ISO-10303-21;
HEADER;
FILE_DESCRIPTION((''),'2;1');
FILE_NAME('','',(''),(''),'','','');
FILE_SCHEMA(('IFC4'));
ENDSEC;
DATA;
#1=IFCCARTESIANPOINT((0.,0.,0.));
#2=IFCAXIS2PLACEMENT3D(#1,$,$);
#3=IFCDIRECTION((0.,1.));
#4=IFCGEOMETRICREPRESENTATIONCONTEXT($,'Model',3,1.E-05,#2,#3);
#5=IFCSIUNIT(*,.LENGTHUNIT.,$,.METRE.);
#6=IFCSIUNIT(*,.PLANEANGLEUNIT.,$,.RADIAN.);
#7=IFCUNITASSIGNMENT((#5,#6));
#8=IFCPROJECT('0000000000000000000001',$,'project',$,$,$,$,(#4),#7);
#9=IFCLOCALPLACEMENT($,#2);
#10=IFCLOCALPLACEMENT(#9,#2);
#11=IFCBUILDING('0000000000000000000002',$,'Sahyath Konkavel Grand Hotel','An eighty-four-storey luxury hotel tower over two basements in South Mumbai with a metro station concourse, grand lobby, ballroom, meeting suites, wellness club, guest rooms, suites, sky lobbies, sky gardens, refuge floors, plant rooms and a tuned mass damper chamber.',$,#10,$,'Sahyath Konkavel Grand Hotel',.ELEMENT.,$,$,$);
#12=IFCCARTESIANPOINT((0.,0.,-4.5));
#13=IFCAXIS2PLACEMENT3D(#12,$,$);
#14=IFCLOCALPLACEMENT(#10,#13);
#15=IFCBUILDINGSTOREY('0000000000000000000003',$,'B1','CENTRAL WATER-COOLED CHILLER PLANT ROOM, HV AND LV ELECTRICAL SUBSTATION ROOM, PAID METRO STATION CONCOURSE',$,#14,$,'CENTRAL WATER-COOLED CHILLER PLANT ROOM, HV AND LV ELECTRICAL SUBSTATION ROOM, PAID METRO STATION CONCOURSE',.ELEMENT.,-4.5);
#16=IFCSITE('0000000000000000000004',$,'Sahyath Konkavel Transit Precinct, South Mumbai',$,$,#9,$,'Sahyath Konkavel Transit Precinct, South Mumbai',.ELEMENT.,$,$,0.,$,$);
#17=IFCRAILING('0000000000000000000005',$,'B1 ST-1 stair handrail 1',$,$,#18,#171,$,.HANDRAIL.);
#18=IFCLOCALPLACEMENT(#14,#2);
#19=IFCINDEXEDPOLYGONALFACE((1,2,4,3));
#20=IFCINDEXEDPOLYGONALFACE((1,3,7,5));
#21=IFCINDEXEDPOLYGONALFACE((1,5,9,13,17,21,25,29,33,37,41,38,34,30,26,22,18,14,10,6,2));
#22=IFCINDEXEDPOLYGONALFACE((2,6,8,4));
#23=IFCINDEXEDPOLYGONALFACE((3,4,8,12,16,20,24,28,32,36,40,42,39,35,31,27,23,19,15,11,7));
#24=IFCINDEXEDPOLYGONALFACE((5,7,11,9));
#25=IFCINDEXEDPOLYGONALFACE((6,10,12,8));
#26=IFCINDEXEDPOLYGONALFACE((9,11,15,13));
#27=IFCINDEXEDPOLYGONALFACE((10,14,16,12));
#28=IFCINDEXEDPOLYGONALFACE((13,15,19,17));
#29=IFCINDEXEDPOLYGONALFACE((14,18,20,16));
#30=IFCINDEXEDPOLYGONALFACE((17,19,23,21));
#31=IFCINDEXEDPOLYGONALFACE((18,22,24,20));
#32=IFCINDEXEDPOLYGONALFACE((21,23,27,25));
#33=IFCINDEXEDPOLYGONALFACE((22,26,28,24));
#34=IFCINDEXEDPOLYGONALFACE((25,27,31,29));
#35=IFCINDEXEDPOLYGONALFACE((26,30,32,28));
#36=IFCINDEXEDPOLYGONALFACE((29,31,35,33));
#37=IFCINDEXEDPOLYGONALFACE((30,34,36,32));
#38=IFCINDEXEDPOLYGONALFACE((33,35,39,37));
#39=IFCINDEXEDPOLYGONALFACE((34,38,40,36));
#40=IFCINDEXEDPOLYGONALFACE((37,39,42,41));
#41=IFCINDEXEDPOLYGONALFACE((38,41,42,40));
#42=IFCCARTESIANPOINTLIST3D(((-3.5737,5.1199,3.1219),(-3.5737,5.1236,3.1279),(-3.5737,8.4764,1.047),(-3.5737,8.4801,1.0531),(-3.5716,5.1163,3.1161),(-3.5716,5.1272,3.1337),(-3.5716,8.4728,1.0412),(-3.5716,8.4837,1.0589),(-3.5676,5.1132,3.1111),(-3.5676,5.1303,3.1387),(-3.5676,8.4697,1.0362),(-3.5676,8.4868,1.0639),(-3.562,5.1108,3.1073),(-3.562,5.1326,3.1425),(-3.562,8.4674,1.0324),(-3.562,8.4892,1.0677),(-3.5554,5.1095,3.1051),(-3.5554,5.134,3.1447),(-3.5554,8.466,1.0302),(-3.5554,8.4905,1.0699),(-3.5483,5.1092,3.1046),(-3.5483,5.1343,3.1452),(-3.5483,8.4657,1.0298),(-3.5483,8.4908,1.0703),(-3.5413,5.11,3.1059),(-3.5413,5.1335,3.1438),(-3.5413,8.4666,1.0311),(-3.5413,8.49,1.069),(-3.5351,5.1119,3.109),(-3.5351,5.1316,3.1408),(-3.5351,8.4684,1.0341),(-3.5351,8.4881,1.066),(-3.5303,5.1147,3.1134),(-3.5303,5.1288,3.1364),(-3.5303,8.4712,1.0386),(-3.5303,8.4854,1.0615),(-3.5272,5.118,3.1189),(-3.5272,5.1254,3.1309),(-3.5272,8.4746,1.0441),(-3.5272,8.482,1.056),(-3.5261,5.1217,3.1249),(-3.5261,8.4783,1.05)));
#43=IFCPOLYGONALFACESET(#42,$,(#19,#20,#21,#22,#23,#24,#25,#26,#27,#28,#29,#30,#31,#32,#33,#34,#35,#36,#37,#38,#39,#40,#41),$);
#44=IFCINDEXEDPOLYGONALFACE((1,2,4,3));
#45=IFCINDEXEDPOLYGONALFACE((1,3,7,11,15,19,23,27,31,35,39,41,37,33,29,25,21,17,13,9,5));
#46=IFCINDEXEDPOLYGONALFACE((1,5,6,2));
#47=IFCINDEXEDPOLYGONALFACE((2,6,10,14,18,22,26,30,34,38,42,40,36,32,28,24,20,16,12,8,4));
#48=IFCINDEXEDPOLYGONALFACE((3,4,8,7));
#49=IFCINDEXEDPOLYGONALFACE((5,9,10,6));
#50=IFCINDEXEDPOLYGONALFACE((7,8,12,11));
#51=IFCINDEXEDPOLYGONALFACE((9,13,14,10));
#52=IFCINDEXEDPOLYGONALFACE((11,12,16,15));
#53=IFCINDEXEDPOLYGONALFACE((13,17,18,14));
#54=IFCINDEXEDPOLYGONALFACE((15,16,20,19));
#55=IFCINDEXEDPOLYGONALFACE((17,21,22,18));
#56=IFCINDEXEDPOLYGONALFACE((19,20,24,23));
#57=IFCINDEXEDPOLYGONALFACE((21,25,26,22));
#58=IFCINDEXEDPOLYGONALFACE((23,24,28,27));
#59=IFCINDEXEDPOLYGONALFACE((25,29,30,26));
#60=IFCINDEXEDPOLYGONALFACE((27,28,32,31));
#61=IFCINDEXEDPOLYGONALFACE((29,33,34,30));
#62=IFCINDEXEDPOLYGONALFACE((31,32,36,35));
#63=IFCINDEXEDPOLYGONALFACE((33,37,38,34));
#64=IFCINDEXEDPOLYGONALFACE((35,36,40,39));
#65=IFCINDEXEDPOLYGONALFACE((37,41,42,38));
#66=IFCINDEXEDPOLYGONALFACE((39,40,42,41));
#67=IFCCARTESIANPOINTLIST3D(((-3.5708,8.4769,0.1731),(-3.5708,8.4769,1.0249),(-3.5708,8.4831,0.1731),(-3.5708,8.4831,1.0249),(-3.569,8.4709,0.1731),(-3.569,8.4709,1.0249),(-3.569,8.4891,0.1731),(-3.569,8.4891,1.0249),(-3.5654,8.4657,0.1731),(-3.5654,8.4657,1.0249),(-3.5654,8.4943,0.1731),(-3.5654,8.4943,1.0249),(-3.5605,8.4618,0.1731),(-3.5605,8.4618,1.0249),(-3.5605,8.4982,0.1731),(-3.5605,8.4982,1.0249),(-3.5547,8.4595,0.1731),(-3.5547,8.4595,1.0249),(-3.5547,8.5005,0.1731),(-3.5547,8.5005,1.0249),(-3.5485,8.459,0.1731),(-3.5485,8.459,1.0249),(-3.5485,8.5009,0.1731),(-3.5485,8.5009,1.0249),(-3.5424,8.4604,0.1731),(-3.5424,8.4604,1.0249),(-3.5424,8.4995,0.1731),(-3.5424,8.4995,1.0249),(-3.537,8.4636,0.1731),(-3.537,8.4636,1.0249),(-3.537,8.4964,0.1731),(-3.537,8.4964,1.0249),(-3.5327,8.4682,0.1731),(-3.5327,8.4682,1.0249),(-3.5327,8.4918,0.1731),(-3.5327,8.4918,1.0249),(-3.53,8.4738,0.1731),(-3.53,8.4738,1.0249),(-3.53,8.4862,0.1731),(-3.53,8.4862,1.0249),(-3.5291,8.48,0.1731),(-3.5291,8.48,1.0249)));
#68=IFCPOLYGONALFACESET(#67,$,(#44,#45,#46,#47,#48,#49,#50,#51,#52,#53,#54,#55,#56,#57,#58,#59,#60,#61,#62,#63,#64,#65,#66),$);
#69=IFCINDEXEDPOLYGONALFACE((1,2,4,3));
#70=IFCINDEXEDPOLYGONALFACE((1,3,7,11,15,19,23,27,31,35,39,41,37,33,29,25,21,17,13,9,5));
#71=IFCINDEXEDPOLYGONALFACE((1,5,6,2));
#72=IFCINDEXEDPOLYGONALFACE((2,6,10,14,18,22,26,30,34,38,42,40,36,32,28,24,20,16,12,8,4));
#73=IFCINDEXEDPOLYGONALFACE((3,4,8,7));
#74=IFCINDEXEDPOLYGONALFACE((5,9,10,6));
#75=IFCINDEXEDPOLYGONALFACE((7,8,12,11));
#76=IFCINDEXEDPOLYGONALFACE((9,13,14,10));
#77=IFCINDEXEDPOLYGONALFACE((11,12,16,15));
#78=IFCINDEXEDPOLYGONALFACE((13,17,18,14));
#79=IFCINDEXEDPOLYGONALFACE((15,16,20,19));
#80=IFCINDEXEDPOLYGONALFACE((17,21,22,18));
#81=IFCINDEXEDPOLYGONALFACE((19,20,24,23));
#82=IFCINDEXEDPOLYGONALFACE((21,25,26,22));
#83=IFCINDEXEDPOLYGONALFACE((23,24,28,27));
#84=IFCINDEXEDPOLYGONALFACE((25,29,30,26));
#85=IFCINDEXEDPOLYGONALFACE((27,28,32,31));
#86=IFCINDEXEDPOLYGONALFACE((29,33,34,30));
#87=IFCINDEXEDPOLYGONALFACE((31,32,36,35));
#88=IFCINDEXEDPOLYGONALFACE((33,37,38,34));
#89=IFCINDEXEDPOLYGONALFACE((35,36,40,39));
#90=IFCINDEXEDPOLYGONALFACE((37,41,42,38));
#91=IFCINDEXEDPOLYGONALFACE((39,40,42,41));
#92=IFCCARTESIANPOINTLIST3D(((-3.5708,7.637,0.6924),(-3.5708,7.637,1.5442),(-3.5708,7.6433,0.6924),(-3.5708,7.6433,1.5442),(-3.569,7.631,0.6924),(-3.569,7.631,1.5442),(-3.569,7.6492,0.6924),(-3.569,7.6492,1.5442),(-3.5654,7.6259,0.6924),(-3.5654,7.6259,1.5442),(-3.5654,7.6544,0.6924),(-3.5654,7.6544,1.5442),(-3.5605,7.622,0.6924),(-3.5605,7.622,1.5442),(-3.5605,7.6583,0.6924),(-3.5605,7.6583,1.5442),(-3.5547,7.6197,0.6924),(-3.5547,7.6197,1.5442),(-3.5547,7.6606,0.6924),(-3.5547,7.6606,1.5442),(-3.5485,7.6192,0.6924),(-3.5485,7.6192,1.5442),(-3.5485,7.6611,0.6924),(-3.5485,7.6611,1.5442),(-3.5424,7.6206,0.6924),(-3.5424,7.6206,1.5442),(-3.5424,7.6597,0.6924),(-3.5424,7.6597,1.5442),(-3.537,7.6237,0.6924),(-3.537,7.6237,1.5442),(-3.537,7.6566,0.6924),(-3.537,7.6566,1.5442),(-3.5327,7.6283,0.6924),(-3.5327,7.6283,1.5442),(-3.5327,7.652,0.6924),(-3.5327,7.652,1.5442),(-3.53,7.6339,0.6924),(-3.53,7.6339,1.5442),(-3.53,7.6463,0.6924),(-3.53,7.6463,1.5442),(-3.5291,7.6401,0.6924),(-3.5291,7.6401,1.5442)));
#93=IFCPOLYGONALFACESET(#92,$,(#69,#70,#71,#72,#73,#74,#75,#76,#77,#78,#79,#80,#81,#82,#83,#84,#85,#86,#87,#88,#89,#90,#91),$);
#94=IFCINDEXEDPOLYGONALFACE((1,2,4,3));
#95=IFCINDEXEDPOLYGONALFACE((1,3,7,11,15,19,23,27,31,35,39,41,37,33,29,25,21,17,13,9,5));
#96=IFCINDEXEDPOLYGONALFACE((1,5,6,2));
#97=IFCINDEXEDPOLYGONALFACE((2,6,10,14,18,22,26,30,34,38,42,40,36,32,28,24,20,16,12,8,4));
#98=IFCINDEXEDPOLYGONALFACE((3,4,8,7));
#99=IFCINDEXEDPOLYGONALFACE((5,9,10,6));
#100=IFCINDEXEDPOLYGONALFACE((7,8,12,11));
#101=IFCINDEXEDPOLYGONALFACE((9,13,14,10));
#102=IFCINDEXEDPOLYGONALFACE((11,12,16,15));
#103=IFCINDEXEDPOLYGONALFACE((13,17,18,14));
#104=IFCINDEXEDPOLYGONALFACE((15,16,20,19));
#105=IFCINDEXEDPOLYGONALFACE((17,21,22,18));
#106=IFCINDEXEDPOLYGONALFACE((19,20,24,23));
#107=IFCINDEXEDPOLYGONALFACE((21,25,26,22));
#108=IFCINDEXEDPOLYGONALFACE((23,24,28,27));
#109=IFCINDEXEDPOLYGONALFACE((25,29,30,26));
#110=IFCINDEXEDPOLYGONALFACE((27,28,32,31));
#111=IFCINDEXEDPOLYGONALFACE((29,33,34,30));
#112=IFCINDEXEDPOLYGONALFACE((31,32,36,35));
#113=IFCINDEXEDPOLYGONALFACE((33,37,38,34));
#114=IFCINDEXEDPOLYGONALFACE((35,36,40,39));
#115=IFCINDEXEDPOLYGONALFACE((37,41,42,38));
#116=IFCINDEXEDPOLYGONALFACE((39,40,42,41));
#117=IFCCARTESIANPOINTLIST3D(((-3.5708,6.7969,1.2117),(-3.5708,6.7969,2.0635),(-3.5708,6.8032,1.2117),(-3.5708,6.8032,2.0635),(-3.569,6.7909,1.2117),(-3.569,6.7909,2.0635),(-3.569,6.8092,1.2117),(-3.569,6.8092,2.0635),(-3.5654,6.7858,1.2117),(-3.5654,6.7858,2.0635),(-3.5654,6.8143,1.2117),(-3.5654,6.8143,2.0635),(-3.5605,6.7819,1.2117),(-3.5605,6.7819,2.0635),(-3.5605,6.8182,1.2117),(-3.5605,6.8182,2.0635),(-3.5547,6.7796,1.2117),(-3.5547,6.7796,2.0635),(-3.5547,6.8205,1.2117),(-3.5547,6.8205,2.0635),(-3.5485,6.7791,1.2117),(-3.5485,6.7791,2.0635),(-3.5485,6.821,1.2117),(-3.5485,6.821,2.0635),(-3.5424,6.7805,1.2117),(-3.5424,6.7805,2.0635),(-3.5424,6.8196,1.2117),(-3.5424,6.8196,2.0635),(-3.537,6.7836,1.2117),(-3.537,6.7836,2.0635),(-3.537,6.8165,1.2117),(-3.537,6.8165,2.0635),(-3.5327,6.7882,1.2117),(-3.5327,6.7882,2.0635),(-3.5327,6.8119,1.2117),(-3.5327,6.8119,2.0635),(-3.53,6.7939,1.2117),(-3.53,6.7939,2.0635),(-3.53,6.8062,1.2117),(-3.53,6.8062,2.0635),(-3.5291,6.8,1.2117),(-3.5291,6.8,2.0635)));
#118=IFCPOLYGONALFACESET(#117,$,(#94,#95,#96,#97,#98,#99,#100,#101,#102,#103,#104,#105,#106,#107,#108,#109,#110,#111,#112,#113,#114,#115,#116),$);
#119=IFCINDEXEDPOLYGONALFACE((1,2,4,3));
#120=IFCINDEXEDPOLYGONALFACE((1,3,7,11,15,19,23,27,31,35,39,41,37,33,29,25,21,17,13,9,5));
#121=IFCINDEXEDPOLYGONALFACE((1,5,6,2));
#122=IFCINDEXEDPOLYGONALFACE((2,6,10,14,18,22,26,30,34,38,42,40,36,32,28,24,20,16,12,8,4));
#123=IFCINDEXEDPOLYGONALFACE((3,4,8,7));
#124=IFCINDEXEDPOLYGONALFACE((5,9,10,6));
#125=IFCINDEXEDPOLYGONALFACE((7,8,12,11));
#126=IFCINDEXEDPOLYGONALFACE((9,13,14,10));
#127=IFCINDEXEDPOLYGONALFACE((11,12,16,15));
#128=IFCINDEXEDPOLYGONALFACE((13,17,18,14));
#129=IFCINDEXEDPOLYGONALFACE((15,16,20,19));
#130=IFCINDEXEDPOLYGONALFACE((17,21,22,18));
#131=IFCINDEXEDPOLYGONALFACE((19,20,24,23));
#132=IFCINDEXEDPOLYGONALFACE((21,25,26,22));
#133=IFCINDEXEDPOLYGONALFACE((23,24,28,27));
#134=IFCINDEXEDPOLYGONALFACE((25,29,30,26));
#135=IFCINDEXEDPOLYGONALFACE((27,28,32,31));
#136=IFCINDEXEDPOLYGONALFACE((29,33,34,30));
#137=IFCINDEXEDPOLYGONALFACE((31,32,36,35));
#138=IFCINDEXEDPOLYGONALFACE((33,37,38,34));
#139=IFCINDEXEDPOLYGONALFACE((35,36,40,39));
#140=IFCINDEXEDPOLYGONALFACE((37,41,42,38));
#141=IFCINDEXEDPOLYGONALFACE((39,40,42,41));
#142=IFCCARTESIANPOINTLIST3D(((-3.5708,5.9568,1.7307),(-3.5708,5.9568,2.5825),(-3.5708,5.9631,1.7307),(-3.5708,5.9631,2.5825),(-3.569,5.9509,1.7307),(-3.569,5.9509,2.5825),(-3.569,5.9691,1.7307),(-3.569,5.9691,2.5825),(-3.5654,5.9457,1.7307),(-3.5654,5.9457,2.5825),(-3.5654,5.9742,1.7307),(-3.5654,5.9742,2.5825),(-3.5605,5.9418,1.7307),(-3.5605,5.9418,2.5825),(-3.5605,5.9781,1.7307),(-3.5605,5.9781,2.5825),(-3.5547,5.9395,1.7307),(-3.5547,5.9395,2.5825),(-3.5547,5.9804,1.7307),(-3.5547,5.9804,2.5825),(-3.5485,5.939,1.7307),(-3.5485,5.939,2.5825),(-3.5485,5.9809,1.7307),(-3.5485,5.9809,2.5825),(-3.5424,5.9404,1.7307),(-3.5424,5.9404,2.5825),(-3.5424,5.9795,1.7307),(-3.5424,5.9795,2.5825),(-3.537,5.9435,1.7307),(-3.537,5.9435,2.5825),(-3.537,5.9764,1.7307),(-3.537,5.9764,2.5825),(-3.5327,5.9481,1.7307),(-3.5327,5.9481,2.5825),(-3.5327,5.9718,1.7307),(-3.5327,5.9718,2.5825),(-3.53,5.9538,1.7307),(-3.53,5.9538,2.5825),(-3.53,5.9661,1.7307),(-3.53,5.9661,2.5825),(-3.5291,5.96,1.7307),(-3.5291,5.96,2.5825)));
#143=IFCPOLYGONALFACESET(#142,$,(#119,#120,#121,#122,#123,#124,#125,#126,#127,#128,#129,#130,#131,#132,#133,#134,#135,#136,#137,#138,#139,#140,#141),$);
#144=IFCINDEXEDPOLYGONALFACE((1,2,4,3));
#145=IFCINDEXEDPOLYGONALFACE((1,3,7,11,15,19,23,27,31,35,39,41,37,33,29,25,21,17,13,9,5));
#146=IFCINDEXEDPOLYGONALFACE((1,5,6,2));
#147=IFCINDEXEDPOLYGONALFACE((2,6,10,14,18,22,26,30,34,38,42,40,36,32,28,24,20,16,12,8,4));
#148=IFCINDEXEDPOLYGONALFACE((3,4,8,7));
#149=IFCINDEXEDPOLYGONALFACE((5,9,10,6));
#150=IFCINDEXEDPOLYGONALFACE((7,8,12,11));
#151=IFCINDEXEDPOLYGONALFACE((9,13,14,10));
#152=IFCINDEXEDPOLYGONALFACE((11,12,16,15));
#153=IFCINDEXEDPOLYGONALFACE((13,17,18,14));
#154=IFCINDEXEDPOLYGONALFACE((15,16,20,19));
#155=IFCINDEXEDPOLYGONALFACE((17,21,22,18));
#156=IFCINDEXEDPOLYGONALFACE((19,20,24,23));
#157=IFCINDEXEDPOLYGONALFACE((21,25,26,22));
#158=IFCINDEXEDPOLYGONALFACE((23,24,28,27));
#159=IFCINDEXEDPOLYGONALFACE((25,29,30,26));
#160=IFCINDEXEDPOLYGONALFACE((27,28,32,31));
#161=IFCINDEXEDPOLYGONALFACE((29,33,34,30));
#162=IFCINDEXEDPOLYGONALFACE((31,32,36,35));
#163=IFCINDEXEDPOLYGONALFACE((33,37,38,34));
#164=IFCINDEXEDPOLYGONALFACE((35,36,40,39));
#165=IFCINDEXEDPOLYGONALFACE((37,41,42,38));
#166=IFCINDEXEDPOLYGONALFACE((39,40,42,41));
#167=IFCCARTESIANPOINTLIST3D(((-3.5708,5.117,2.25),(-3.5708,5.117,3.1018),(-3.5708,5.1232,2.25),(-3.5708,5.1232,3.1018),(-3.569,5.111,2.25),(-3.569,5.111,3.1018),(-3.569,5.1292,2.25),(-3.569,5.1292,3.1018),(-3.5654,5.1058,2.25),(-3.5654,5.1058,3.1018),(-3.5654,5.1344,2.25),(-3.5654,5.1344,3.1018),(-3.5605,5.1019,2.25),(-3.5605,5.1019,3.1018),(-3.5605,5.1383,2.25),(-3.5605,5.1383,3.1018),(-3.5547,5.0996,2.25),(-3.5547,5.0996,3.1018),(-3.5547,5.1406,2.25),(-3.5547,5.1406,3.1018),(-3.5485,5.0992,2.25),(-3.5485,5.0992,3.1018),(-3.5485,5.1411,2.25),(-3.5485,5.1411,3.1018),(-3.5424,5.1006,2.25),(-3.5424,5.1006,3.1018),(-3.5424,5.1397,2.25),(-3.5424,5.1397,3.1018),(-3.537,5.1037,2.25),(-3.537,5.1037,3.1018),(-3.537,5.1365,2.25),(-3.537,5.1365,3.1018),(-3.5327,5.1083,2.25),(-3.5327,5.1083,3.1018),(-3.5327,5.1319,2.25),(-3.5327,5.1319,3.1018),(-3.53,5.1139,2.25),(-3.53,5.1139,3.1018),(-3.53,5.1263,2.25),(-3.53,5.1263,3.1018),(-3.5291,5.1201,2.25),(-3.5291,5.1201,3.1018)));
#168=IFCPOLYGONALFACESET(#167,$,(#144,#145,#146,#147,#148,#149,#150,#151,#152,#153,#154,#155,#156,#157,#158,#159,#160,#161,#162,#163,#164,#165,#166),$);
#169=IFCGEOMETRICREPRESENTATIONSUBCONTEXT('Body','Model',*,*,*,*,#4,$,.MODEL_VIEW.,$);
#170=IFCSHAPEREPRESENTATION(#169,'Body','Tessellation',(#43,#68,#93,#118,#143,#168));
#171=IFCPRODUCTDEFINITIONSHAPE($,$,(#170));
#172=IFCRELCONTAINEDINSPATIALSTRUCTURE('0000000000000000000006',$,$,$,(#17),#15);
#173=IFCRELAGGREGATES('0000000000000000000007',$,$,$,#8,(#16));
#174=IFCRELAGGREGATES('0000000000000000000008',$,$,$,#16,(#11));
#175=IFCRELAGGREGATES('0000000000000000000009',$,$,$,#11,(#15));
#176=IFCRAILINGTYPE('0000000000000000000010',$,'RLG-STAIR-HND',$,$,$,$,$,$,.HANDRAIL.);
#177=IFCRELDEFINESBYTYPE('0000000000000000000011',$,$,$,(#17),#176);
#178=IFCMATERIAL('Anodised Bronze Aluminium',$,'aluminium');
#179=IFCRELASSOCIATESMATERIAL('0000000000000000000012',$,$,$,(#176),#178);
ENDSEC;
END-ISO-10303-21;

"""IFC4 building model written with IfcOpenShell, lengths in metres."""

from ifc_helpers import new_model, si_unit, direction, frame, origin, origin_2d, place, context, subcontext, project, spatial, circle, extrude, material, type_object, element, save


model = new_model("IFC4")

# Units and contexts
model_context = context("Model", 3, precision=1e-05, world=origin(), true_north=direction((0.0, 1.0)))
body_context = subcontext(model_context, "Body", "Model", "MODEL_VIEW")
ifc_project = project(units=[si_unit("LENGTHUNIT", "METRE"), si_unit("PLANEANGLEUNIT", "RADIAN")], contexts=[model_context])

# Site, building, storey
site_placement = place(None, origin())
site = spatial("IfcSite", under=ifc_project, at=site_placement, Name="Sahyath Konkavel Transit Precinct, South Mumbai", LongName="Sahyath Konkavel Transit Precinct, South Mumbai", CompositionType="ELEMENT", RefElevation=0.0)
building_placement = place(site_placement, origin())
building = spatial("IfcBuilding", under=site, at=building_placement, Name="Sahyath Konkavel Grand Hotel", Description="An eighty-four-storey luxury hotel tower over two basements in South Mumbai with a metro station concourse, grand lobby, ballroom, meeting suites, wellness club, guest rooms, suites, sky lobbies, sky gardens, refuge floors, plant rooms and a tuned mass damper chamber.", LongName="Sahyath Konkavel Grand Hotel", CompositionType="ELEMENT")
storey_placement = place(building_placement, frame((0.0, 0.0, -4.5)))
storey = spatial("IfcBuildingStorey", under=building, at=storey_placement, Name="B1", Description="CENTRAL WATER-COOLED CHILLER PLANT ROOM, HV AND LV ELECTRICAL SUBSTATION ROOM, PAID METRO STATION CONCOURSE", LongName="CENTRAL WATER-COOLED CHILLER PLANT ROOM, HV AND LV ELECTRICAL SUBSTATION ROOM, PAID METRO STATION CONCOURSE", CompositionType="ELEMENT", Elevation=-4.5)

# Railing
ifc_material_1 = material(Name="Anodised Bronze Aluminium", Category="aluminium")
railing_type_1 = type_object("IfcRailingType", Name="RLG-STAIR-HND", PredefinedType="HANDRAIL", material=ifc_material_1)
railing_1_placement = place(storey_placement, frame((-3.55, 8.48, 0.1731)))
element("IfcRailing", 1, at=railing_1_placement, inside=storey, type_object=railing_type_1, Name="B1 ST-1 stair handrail 1", PredefinedType="HANDRAIL", context=body_context, shape_type="SweptSolid", body=[
    extrude(circle(Radius=0.0239, at=origin_2d()), frame((0.0, -0.0017, 0.877), z_axis=(0.0, -0.850606, 0.525803), x_axis=(1.0, 0.0, 0.0)), (0.0, 0.0, 1.0), 3.946),
    extrude(circle(Radius=0.021, at=origin_2d()), origin(), (0.0, 0.0, 1.0), 0.8518),
    extrude(circle(Radius=0.021, at=origin_2d()), frame((0.0, -0.8398, 0.5193)), (0.0, 0.0, 1.0), 0.8518),
    extrude(circle(Radius=0.021, at=origin_2d()), frame((0.0, -1.6799, 1.0386)), (0.0, 0.0, 1.0), 0.8518),
    extrude(circle(Radius=0.021, at=origin_2d()), frame((0.0, -2.52, 1.5576)), (0.0, 0.0, 1.0), 0.8518),
    extrude(circle(Radius=0.021, at=origin_2d()), frame((0.0, -3.3599, 2.0769)), (0.0, 0.0, 1.0), 0.8518),
])

save(model, "model.ifc")
